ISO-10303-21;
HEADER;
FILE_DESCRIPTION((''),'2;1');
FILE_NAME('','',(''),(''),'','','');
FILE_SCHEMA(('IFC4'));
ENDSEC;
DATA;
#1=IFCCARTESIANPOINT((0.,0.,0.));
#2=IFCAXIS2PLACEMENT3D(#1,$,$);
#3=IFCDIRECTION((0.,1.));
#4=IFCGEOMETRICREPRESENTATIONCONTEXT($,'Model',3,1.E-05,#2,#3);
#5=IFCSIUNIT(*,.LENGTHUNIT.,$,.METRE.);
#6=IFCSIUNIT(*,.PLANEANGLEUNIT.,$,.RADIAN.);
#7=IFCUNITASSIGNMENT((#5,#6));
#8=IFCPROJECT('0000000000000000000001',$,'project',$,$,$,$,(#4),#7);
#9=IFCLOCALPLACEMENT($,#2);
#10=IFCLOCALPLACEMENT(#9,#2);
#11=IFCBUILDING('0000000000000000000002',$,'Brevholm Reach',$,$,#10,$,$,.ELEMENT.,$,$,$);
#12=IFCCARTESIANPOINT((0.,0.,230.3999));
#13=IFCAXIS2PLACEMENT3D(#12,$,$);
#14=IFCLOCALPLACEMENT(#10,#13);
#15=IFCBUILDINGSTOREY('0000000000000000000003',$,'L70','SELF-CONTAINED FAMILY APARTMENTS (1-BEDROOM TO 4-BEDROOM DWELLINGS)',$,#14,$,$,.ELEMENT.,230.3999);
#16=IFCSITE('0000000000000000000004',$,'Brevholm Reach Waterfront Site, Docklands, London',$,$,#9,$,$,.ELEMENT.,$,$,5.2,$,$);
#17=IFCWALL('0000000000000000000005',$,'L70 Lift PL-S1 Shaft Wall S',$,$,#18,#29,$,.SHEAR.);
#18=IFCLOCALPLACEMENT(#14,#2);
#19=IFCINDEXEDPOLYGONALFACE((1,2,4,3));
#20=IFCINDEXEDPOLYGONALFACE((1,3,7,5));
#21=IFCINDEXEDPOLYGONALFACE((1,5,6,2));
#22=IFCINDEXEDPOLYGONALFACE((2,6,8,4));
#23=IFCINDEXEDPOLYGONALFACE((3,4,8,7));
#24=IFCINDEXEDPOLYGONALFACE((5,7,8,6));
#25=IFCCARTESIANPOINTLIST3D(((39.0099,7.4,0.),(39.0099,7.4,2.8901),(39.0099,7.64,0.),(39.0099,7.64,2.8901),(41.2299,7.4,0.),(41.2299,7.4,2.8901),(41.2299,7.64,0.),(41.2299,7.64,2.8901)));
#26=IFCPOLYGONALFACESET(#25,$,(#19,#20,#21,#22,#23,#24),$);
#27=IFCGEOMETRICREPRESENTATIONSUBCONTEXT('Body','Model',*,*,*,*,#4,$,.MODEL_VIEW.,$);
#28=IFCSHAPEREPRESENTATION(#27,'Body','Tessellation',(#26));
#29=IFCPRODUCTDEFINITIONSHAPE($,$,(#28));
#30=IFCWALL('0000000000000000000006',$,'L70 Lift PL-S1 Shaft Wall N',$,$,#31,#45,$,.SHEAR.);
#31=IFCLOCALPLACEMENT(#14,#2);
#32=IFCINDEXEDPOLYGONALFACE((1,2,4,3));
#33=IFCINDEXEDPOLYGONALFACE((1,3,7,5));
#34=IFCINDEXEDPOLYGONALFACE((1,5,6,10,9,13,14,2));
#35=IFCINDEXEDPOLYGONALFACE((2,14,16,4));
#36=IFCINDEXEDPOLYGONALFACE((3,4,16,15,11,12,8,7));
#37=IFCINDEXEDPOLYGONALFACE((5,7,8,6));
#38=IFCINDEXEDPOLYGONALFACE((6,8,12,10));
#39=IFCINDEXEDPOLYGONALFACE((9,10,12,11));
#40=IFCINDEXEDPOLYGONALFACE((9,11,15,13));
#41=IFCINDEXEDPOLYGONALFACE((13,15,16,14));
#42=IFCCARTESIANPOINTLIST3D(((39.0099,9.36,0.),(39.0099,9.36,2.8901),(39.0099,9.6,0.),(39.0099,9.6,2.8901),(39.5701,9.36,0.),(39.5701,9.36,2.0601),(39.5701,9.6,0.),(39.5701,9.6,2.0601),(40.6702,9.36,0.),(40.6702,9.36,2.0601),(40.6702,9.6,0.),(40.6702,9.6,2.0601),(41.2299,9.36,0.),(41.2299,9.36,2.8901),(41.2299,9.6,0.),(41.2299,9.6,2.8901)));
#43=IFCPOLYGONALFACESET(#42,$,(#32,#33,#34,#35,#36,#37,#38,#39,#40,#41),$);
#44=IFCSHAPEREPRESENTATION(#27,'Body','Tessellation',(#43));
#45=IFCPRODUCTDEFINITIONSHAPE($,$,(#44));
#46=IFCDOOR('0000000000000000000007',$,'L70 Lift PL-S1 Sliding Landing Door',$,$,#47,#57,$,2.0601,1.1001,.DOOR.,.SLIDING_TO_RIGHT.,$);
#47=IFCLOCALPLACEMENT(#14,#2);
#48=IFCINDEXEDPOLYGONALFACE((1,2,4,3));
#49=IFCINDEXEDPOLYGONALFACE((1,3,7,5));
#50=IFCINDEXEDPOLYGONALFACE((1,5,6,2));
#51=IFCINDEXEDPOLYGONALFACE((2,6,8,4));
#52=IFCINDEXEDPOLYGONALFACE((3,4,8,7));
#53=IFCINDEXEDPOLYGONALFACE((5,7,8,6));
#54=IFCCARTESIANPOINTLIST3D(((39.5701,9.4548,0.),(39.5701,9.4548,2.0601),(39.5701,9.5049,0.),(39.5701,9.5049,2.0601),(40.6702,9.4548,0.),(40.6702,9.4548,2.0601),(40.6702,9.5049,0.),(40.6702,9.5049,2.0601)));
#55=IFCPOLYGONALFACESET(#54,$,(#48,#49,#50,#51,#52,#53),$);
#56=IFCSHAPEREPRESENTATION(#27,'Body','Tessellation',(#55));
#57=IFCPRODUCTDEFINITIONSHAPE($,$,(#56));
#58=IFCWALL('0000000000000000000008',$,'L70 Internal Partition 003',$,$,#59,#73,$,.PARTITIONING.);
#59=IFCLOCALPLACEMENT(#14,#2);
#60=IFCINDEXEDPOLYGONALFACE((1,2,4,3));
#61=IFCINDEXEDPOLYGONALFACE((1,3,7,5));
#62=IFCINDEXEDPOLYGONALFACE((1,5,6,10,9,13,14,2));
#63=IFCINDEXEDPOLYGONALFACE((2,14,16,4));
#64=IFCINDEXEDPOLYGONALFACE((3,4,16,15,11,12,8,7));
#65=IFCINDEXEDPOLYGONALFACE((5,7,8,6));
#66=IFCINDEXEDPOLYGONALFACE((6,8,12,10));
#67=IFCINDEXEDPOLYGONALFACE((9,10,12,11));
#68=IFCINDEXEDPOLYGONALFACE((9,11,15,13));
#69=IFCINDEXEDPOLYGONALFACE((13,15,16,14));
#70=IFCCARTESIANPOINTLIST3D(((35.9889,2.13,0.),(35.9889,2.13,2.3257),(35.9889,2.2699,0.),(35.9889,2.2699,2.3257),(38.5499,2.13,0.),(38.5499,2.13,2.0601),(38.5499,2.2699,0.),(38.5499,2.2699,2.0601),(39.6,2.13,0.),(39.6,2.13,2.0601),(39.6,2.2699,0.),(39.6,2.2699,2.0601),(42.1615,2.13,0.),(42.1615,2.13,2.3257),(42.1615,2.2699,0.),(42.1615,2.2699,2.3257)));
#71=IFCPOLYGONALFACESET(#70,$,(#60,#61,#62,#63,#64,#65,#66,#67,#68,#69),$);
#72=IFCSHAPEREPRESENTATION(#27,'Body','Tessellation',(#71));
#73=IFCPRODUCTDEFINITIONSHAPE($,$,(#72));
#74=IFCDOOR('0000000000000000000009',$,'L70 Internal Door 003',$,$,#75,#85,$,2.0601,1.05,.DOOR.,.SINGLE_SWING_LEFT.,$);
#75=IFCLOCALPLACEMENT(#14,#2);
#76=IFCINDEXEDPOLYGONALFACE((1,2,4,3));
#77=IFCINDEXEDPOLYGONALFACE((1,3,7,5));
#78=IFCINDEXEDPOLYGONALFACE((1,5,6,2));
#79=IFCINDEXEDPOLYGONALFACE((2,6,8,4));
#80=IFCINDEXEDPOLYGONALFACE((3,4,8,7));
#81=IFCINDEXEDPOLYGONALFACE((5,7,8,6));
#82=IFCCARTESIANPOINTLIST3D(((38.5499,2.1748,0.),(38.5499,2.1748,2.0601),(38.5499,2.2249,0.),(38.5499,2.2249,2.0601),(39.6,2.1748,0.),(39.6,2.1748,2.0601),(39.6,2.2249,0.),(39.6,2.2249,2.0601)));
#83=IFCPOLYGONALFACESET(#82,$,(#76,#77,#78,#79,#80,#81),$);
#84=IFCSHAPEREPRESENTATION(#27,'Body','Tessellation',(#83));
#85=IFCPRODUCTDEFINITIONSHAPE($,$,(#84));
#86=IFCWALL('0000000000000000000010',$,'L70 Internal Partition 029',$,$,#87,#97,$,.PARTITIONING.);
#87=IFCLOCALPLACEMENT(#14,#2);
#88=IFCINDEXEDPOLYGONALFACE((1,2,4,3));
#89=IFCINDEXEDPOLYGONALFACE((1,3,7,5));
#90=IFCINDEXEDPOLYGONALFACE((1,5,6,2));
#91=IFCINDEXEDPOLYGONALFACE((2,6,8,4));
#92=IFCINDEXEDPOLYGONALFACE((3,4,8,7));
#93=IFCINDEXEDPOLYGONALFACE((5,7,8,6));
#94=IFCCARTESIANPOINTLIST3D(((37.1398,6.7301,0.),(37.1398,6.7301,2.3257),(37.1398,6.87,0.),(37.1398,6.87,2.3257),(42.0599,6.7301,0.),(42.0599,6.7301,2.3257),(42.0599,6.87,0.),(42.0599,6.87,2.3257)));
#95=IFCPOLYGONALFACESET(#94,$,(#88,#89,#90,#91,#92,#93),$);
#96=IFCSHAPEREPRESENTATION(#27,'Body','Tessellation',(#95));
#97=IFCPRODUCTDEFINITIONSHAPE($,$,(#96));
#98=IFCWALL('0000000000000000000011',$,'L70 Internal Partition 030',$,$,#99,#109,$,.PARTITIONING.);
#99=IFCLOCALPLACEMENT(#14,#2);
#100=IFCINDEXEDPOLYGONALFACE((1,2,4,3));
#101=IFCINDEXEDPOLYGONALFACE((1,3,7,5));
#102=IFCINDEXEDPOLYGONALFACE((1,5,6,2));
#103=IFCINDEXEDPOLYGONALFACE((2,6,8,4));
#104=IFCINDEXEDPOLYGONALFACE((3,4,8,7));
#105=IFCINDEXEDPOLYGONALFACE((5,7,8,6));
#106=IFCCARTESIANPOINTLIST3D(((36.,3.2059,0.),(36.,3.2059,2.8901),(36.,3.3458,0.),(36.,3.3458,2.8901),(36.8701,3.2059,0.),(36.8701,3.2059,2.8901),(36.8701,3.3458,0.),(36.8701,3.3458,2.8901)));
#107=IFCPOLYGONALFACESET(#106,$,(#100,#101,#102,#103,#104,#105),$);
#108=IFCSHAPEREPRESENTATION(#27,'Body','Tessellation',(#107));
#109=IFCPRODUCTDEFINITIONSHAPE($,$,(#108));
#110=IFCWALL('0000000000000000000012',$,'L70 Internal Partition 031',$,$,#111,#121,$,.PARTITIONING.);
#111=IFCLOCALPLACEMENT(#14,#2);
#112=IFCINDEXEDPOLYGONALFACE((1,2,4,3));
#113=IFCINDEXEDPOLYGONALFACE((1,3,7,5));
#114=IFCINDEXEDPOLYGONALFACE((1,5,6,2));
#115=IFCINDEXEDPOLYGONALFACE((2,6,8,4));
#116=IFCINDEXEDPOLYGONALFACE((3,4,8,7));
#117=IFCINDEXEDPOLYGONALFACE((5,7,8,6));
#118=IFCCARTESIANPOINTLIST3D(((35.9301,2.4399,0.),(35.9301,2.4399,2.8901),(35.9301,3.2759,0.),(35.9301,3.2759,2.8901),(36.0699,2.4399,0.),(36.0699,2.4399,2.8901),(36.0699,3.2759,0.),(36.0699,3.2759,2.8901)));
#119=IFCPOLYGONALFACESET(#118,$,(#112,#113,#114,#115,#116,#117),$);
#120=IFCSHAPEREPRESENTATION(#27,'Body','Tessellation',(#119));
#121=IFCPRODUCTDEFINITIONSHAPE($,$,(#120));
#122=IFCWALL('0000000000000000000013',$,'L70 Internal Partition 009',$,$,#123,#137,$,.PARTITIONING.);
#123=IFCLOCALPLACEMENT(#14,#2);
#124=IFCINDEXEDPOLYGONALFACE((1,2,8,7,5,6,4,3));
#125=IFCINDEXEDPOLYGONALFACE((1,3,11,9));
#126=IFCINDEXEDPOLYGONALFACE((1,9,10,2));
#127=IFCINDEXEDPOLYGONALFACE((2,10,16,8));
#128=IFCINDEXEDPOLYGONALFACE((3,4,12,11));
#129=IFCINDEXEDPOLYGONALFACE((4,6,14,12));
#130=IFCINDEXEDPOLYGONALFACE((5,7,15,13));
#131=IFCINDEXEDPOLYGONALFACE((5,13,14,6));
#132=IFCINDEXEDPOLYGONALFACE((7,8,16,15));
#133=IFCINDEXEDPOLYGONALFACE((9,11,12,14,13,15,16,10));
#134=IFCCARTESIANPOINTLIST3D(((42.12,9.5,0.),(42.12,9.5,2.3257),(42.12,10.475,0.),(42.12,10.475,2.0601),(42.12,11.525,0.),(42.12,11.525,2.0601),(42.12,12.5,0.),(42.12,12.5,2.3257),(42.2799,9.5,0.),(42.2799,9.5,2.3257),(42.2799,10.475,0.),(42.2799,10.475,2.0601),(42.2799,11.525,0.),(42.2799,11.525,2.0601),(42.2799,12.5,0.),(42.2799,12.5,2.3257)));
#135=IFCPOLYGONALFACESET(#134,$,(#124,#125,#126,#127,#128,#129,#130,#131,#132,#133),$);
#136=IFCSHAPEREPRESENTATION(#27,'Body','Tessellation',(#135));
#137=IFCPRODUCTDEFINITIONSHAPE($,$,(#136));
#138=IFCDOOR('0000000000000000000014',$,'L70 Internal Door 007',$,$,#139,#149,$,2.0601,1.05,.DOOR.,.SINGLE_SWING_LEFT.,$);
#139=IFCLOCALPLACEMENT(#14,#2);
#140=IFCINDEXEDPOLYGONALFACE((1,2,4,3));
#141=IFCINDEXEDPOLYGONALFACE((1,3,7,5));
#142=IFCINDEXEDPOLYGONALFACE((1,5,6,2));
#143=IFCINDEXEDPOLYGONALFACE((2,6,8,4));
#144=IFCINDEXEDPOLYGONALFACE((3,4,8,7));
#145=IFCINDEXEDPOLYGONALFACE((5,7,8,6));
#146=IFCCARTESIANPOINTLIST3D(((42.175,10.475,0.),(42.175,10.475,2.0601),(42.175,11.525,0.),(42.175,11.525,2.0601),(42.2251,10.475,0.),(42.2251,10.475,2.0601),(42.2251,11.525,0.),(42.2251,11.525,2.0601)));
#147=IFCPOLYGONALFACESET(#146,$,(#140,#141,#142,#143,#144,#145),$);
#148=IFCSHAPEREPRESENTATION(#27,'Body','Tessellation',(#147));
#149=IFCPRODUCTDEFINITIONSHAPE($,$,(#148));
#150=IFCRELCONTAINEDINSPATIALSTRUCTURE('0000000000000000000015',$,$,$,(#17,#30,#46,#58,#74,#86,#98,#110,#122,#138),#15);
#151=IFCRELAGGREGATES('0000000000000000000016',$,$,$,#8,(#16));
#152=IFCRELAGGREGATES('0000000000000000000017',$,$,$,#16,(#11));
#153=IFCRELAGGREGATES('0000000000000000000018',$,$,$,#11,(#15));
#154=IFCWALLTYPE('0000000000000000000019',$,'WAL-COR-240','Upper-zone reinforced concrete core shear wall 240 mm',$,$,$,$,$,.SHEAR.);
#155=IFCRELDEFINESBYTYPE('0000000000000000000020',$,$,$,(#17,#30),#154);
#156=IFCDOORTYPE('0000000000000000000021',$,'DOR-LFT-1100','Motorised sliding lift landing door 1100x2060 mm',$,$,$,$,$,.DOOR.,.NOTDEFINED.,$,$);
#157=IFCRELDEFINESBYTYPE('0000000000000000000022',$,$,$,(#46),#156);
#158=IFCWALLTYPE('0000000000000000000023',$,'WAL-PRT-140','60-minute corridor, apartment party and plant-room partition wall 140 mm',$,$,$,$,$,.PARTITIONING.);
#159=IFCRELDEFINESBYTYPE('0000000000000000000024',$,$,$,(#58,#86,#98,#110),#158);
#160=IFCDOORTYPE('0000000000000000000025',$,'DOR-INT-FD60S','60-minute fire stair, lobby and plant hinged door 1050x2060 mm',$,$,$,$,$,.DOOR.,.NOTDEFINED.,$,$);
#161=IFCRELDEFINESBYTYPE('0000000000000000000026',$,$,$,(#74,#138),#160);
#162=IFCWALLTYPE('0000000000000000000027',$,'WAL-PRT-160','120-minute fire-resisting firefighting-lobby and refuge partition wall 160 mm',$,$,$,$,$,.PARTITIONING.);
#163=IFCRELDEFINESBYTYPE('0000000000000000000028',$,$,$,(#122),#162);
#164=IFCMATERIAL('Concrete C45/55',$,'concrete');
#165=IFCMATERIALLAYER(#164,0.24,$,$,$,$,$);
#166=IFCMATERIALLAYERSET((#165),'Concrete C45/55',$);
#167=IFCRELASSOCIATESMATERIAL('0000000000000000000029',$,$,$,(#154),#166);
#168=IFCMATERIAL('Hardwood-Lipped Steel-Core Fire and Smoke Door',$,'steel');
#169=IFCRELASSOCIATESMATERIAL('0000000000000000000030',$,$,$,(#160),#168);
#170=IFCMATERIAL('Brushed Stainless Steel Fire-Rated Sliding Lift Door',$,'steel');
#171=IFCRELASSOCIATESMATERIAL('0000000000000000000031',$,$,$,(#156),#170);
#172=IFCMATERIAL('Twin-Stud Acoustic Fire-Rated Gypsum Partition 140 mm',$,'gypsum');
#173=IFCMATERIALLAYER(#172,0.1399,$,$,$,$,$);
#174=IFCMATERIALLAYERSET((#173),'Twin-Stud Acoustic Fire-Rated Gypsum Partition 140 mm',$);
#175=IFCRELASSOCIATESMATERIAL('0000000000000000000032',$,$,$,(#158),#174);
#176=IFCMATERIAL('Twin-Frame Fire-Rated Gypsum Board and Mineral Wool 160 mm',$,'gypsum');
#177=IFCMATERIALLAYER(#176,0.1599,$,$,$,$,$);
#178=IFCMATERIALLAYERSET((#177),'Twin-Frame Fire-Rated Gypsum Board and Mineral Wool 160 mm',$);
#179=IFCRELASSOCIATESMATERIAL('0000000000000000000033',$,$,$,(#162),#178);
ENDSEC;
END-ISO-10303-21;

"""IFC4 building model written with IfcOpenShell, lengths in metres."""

from ifc_helpers import new_model, si_unit, direction, frame, frame_2d, origin, place, context, subcontext, project, spatial, rectangle, extrude, material, layer, layer_set, type_object, element, fill, save


model = new_model("IFC4")

# Units and contexts
model_context = context("Model", 3, precision=1e-05, world=origin(), true_north=direction((0.0, 1.0)))
body_context = subcontext(model_context, "Body", "Model", "MODEL_VIEW")
ifc_project = project(units=[si_unit("LENGTHUNIT", "METRE"), si_unit("PLANEANGLEUNIT", "RADIAN")], contexts=[model_context])

# Site, building, storey
site_placement = place(None, origin())
site = spatial("IfcSite", under=ifc_project, at=site_placement, Name="Brevholm Reach Waterfront Site, Docklands, London", CompositionType="ELEMENT", RefElevation=5.2)
building_placement = place(site_placement, origin())
building = spatial("IfcBuilding", under=site, at=building_placement, Name="Brevholm Reach", CompositionType="ELEMENT")
storey_placement = place(building_placement, frame((0.0, 0.0, 230.3999)))
storey = spatial("IfcBuildingStorey", under=building, at=storey_placement, Name="L70", Description="SELF-CONTAINED FAMILY APARTMENTS (1-BEDROOM TO 4-BEDROOM DWELLINGS)", CompositionType="ELEMENT", Elevation=230.3999)

# Shared definitions
ifc_material_1 = material(Name="Concrete C45/55", Category="concrete")
ifc_layer_1 = layer(ifc_material_1, 0.24)
ifc_layer_set_1 = layer_set([ifc_layer_1], Name="Concrete C45/55")
wall_type_1 = type_object("IfcWallType", Name="WAL-COR-240", Description="Upper-zone reinforced concrete core shear wall 240 mm", PredefinedType="SHEAR", material=ifc_layer_set_1)

# Shared definitions
ifc_material_2 = material(Name="Hardwood-Lipped Steel-Core Fire and Smoke Door", Category="steel")
door_type_1 = type_object("IfcDoorType", Name="DOR-INT-FD60S", Description="60-minute fire stair, lobby and plant hinged door 1050x2060 mm", OperationType="NOTDEFINED", PredefinedType="DOOR", material=ifc_material_2)

# Wall
wall_1_placement = place(storey_placement, frame((39.01, 7.52, 0.0), z_axis=(0.0, 0.0, 1.0), x_axis=(1.0, 0.0, 0.0)))
element("IfcWall", 1, at=wall_1_placement, inside=storey, type_object=wall_type_1, Name="L70 Lift PL-S1 Shaft Wall S", PredefinedType="SHEAR", context=body_context, shape_type="SweptSolid", body=[
    extrude(rectangle(XDim=2.22, YDim=0.24, at=frame_2d((1.1099, 0.0))), origin(), (0.0, 0.0, 1.0), 2.8901),
])

# Walls, openings, doors
wall_2_placement = place(storey_placement, frame((39.01, 9.48, 0.0), z_axis=(0.0, 0.0, 1.0), x_axis=(1.0, 0.0, 0.0)))
wall_2 = element("IfcWall", 2, at=wall_2_placement, inside=storey, type_object=wall_type_1, Name="L70 Lift PL-S1 Shaft Wall N", PredefinedType="SHEAR", context=body_context, shape_type="SweptSolid", body=[
    extrude(rectangle(XDim=2.22, YDim=0.24, at=frame_2d((1.1099, 0.0))), origin(), (0.0, 0.0, 1.0), 2.8901),
])
opening_1_placement = place(wall_2_placement, frame((0.5601, 0.0, 0.0)))
opening_1 = element("IfcOpeningElement", 3, at=opening_1_placement, cuts=wall_2, PredefinedType="OPENING", context=body_context, shape_type="SweptSolid", body=[
    extrude(rectangle(XDim=1.1001, YDim=2.0601, at=frame_2d((0.55, 1.03))), frame((0.0, 0.1299, 0.0), z_axis=(0.0, -1.0, 0.0), x_axis=(1.0, 0.0, 0.0)), (0.0, 0.0, 1.0), 0.26),
])
ifc_material_3 = material(Name="Brushed Stainless Steel Fire-Rated Sliding Lift Door", Category="steel")
door_type_2 = type_object("IfcDoorType", Name="DOR-LFT-1100", Description="Motorised sliding lift landing door 1100x2060 mm", OperationType="NOTDEFINED", PredefinedType="DOOR", material=ifc_material_3)
door_1_placement = place(opening_1_placement, origin())
door_1 = element("IfcDoor", 4, at=door_1_placement, inside=storey, type_object=door_type_2, Name="L70 Lift PL-S1 Sliding Landing Door", OperationType="SLIDING_TO_RIGHT", OverallHeight=2.0601, OverallWidth=1.1001, PredefinedType="DOOR", context=body_context, shape_type="SweptSolid", body=[
    extrude(rectangle(XDim=1.1001, YDim=2.0601, at=frame_2d((0.55, 1.03))), frame((0.0, 0.0249, 0.0), z_axis=(0.0, -1.0, 0.0), x_axis=(1.0, 0.0, 0.0)), (0.0, 0.0, 1.0), 0.05),
])
fill(opening_1, door_1)
ifc_material_4 = material(Name="Twin-Stud Acoustic Fire-Rated Gypsum Partition 140 mm", Category="gypsum")
ifc_layer_2 = layer(ifc_material_4, 0.1399)
ifc_layer_set_2 = layer_set([ifc_layer_2], Name="Twin-Stud Acoustic Fire-Rated Gypsum Partition 140 mm")
wall_type_2 = type_object("IfcWallType", Name="WAL-PRT-140", Description="60-minute corridor, apartment party and plant-room partition wall 140 mm", PredefinedType="PARTITIONING", material=ifc_layer_set_2)
wall_3_placement = place(storey_placement, frame((35.9888, 2.2, 0.0), z_axis=(0.0, 0.0, 1.0), x_axis=(1.0, 0.0, 0.0)))
wall_3 = element("IfcWall", 5, at=wall_3_placement, inside=storey, type_object=wall_type_2, Name="L70 Internal Partition 003", PredefinedType="PARTITIONING", context=body_context, shape_type="SweptSolid", body=[
    extrude(rectangle(XDim=6.1726, YDim=0.1399, at=frame_2d((3.0864, 0.0))), origin(), (0.0, 0.0, 1.0), 2.3257),
])
opening_2_placement = place(wall_3_placement, frame((2.5613, 0.0, 0.0)))
opening_2 = element("IfcOpeningElement", 6, at=opening_2_placement, cuts=wall_3, PredefinedType="OPENING", context=body_context, shape_type="SweptSolid", body=[
    extrude(rectangle(XDim=1.05, YDim=2.0601, at=frame_2d((0.5249, 1.03))), frame((0.0, 0.0798, 0.0), z_axis=(0.0, -1.0, 0.0), x_axis=(1.0, 0.0, 0.0)), (0.0, 0.0, 1.0), 0.1599),
])
door_2_placement = place(opening_2_placement, origin())
door_2 = element("IfcDoor", 7, at=door_2_placement, inside=storey, type_object=door_type_1, Name="L70 Internal Door 003", OperationType="SINGLE_SWING_LEFT", OverallHeight=2.0601, OverallWidth=1.05, PredefinedType="DOOR", context=body_context, shape_type="SweptSolid", body=[
    extrude(rectangle(XDim=1.05, YDim=2.0601, at=frame_2d((0.5249, 1.03))), frame((0.0, 0.0249, 0.0), z_axis=(0.0, -1.0, 0.0), x_axis=(1.0, 0.0, 0.0)), (0.0, 0.0, 1.0), 0.05),
])
fill(opening_2, door_2)

# Walls
wall_4_placement = place(storey_placement, frame((37.1399, 6.8, 0.0), z_axis=(0.0, 0.0, 1.0), x_axis=(1.0, 0.0, 0.0)))
element("IfcWall", 8, at=wall_4_placement, inside=storey, type_object=wall_type_2, Name="L70 Internal Partition 029", PredefinedType="PARTITIONING", context=body_context, shape_type="SweptSolid", body=[
    extrude(rectangle(XDim=4.9202, YDim=0.1399, at=frame_2d((2.46, 0.0))), origin(), (0.0, 0.0, 1.0), 2.3257),
])
wall_5_placement = place(storey_placement, frame((36.0, 3.2759, 0.0), z_axis=(0.0, 0.0, 1.0), x_axis=(1.0, 0.0, 0.0)))
element("IfcWall", 9, at=wall_5_placement, inside=storey, type_object=wall_type_2, Name="L70 Internal Partition 030", PredefinedType="PARTITIONING", context=body_context, shape_type="SweptSolid", body=[
    extrude(rectangle(XDim=0.8701, YDim=0.1399, at=frame_2d((0.4351, 0.0))), origin(), (0.0, 0.0, 1.0), 2.8901),
])
wall_6_placement = place(storey_placement, frame((36.0, 2.4399, 0.0), z_axis=(0.0, 0.0, 1.0), x_axis=(0.0, 1.0, 0.0)))
element("IfcWall", 10, at=wall_6_placement, inside=storey, type_object=wall_type_2, Name="L70 Internal Partition 031", PredefinedType="PARTITIONING", context=body_context, shape_type="SweptSolid", body=[
    extrude(rectangle(XDim=0.8359, YDim=0.1399, at=frame_2d((0.418, 0.0))), origin(), (0.0, 0.0, 1.0), 2.8901),
])

# Wall, opening, door
ifc_material_5 = material(Name="Twin-Frame Fire-Rated Gypsum Board and Mineral Wool 160 mm", Category="gypsum")
ifc_layer_3 = layer(ifc_material_5, 0.1599)
ifc_layer_set_3 = layer_set([ifc_layer_3], Name="Twin-Frame Fire-Rated Gypsum Board and Mineral Wool 160 mm")
wall_type_3 = type_object("IfcWallType", Name="WAL-PRT-160", Description="120-minute fire-resisting firefighting-lobby and refuge partition wall 160 mm", PredefinedType="PARTITIONING", material=ifc_layer_set_3)
wall_7_placement = place(storey_placement, frame((42.2, 9.5, 0.0), z_axis=(0.0, 0.0, 1.0), x_axis=(0.0, 1.0, 0.0)))
wall_7 = element("IfcWall", 11, at=wall_7_placement, inside=storey, type_object=wall_type_3, Name="L70 Internal Partition 009", PredefinedType="PARTITIONING", context=body_context, shape_type="SweptSolid", body=[
    extrude(rectangle(XDim=3.0, YDim=0.1599, at=frame_2d((1.5, 0.0))), origin(), (0.0, 0.0, 1.0), 2.3257),
])
opening_3_placement = place(wall_7_placement, frame((0.9751, 0.0, 0.0)))
opening_3 = element("IfcOpeningElement", 12, at=opening_3_placement, cuts=wall_7, PredefinedType="OPENING", context=body_context, shape_type="SweptSolid", body=[
    extrude(rectangle(XDim=1.05, YDim=2.0601, at=frame_2d((0.5249, 1.03))), frame((0.0, 0.0898, 0.0), z_axis=(0.0, -1.0, 0.0), x_axis=(1.0, 0.0, 0.0)), (0.0, 0.0, 1.0), 0.1799),
])
door_3_placement = place(opening_3_placement, origin())
door_3 = element("IfcDoor", 13, at=door_3_placement, inside=storey, type_object=door_type_1, Name="L70 Internal Door 007", OperationType="SINGLE_SWING_LEFT", OverallHeight=2.0601, OverallWidth=1.05, PredefinedType="DOOR", context=body_context, shape_type="SweptSolid", body=[
    extrude(rectangle(XDim=1.05, YDim=2.0601, at=frame_2d((0.5249, 1.03))), frame((0.0, 0.0249, 0.0), z_axis=(0.0, -1.0, 0.0), x_axis=(1.0, 0.0, 0.0)), (0.0, 0.0, 1.0), 0.05),
])
fill(opening_3, door_3)

save(model, "model.ifc")
